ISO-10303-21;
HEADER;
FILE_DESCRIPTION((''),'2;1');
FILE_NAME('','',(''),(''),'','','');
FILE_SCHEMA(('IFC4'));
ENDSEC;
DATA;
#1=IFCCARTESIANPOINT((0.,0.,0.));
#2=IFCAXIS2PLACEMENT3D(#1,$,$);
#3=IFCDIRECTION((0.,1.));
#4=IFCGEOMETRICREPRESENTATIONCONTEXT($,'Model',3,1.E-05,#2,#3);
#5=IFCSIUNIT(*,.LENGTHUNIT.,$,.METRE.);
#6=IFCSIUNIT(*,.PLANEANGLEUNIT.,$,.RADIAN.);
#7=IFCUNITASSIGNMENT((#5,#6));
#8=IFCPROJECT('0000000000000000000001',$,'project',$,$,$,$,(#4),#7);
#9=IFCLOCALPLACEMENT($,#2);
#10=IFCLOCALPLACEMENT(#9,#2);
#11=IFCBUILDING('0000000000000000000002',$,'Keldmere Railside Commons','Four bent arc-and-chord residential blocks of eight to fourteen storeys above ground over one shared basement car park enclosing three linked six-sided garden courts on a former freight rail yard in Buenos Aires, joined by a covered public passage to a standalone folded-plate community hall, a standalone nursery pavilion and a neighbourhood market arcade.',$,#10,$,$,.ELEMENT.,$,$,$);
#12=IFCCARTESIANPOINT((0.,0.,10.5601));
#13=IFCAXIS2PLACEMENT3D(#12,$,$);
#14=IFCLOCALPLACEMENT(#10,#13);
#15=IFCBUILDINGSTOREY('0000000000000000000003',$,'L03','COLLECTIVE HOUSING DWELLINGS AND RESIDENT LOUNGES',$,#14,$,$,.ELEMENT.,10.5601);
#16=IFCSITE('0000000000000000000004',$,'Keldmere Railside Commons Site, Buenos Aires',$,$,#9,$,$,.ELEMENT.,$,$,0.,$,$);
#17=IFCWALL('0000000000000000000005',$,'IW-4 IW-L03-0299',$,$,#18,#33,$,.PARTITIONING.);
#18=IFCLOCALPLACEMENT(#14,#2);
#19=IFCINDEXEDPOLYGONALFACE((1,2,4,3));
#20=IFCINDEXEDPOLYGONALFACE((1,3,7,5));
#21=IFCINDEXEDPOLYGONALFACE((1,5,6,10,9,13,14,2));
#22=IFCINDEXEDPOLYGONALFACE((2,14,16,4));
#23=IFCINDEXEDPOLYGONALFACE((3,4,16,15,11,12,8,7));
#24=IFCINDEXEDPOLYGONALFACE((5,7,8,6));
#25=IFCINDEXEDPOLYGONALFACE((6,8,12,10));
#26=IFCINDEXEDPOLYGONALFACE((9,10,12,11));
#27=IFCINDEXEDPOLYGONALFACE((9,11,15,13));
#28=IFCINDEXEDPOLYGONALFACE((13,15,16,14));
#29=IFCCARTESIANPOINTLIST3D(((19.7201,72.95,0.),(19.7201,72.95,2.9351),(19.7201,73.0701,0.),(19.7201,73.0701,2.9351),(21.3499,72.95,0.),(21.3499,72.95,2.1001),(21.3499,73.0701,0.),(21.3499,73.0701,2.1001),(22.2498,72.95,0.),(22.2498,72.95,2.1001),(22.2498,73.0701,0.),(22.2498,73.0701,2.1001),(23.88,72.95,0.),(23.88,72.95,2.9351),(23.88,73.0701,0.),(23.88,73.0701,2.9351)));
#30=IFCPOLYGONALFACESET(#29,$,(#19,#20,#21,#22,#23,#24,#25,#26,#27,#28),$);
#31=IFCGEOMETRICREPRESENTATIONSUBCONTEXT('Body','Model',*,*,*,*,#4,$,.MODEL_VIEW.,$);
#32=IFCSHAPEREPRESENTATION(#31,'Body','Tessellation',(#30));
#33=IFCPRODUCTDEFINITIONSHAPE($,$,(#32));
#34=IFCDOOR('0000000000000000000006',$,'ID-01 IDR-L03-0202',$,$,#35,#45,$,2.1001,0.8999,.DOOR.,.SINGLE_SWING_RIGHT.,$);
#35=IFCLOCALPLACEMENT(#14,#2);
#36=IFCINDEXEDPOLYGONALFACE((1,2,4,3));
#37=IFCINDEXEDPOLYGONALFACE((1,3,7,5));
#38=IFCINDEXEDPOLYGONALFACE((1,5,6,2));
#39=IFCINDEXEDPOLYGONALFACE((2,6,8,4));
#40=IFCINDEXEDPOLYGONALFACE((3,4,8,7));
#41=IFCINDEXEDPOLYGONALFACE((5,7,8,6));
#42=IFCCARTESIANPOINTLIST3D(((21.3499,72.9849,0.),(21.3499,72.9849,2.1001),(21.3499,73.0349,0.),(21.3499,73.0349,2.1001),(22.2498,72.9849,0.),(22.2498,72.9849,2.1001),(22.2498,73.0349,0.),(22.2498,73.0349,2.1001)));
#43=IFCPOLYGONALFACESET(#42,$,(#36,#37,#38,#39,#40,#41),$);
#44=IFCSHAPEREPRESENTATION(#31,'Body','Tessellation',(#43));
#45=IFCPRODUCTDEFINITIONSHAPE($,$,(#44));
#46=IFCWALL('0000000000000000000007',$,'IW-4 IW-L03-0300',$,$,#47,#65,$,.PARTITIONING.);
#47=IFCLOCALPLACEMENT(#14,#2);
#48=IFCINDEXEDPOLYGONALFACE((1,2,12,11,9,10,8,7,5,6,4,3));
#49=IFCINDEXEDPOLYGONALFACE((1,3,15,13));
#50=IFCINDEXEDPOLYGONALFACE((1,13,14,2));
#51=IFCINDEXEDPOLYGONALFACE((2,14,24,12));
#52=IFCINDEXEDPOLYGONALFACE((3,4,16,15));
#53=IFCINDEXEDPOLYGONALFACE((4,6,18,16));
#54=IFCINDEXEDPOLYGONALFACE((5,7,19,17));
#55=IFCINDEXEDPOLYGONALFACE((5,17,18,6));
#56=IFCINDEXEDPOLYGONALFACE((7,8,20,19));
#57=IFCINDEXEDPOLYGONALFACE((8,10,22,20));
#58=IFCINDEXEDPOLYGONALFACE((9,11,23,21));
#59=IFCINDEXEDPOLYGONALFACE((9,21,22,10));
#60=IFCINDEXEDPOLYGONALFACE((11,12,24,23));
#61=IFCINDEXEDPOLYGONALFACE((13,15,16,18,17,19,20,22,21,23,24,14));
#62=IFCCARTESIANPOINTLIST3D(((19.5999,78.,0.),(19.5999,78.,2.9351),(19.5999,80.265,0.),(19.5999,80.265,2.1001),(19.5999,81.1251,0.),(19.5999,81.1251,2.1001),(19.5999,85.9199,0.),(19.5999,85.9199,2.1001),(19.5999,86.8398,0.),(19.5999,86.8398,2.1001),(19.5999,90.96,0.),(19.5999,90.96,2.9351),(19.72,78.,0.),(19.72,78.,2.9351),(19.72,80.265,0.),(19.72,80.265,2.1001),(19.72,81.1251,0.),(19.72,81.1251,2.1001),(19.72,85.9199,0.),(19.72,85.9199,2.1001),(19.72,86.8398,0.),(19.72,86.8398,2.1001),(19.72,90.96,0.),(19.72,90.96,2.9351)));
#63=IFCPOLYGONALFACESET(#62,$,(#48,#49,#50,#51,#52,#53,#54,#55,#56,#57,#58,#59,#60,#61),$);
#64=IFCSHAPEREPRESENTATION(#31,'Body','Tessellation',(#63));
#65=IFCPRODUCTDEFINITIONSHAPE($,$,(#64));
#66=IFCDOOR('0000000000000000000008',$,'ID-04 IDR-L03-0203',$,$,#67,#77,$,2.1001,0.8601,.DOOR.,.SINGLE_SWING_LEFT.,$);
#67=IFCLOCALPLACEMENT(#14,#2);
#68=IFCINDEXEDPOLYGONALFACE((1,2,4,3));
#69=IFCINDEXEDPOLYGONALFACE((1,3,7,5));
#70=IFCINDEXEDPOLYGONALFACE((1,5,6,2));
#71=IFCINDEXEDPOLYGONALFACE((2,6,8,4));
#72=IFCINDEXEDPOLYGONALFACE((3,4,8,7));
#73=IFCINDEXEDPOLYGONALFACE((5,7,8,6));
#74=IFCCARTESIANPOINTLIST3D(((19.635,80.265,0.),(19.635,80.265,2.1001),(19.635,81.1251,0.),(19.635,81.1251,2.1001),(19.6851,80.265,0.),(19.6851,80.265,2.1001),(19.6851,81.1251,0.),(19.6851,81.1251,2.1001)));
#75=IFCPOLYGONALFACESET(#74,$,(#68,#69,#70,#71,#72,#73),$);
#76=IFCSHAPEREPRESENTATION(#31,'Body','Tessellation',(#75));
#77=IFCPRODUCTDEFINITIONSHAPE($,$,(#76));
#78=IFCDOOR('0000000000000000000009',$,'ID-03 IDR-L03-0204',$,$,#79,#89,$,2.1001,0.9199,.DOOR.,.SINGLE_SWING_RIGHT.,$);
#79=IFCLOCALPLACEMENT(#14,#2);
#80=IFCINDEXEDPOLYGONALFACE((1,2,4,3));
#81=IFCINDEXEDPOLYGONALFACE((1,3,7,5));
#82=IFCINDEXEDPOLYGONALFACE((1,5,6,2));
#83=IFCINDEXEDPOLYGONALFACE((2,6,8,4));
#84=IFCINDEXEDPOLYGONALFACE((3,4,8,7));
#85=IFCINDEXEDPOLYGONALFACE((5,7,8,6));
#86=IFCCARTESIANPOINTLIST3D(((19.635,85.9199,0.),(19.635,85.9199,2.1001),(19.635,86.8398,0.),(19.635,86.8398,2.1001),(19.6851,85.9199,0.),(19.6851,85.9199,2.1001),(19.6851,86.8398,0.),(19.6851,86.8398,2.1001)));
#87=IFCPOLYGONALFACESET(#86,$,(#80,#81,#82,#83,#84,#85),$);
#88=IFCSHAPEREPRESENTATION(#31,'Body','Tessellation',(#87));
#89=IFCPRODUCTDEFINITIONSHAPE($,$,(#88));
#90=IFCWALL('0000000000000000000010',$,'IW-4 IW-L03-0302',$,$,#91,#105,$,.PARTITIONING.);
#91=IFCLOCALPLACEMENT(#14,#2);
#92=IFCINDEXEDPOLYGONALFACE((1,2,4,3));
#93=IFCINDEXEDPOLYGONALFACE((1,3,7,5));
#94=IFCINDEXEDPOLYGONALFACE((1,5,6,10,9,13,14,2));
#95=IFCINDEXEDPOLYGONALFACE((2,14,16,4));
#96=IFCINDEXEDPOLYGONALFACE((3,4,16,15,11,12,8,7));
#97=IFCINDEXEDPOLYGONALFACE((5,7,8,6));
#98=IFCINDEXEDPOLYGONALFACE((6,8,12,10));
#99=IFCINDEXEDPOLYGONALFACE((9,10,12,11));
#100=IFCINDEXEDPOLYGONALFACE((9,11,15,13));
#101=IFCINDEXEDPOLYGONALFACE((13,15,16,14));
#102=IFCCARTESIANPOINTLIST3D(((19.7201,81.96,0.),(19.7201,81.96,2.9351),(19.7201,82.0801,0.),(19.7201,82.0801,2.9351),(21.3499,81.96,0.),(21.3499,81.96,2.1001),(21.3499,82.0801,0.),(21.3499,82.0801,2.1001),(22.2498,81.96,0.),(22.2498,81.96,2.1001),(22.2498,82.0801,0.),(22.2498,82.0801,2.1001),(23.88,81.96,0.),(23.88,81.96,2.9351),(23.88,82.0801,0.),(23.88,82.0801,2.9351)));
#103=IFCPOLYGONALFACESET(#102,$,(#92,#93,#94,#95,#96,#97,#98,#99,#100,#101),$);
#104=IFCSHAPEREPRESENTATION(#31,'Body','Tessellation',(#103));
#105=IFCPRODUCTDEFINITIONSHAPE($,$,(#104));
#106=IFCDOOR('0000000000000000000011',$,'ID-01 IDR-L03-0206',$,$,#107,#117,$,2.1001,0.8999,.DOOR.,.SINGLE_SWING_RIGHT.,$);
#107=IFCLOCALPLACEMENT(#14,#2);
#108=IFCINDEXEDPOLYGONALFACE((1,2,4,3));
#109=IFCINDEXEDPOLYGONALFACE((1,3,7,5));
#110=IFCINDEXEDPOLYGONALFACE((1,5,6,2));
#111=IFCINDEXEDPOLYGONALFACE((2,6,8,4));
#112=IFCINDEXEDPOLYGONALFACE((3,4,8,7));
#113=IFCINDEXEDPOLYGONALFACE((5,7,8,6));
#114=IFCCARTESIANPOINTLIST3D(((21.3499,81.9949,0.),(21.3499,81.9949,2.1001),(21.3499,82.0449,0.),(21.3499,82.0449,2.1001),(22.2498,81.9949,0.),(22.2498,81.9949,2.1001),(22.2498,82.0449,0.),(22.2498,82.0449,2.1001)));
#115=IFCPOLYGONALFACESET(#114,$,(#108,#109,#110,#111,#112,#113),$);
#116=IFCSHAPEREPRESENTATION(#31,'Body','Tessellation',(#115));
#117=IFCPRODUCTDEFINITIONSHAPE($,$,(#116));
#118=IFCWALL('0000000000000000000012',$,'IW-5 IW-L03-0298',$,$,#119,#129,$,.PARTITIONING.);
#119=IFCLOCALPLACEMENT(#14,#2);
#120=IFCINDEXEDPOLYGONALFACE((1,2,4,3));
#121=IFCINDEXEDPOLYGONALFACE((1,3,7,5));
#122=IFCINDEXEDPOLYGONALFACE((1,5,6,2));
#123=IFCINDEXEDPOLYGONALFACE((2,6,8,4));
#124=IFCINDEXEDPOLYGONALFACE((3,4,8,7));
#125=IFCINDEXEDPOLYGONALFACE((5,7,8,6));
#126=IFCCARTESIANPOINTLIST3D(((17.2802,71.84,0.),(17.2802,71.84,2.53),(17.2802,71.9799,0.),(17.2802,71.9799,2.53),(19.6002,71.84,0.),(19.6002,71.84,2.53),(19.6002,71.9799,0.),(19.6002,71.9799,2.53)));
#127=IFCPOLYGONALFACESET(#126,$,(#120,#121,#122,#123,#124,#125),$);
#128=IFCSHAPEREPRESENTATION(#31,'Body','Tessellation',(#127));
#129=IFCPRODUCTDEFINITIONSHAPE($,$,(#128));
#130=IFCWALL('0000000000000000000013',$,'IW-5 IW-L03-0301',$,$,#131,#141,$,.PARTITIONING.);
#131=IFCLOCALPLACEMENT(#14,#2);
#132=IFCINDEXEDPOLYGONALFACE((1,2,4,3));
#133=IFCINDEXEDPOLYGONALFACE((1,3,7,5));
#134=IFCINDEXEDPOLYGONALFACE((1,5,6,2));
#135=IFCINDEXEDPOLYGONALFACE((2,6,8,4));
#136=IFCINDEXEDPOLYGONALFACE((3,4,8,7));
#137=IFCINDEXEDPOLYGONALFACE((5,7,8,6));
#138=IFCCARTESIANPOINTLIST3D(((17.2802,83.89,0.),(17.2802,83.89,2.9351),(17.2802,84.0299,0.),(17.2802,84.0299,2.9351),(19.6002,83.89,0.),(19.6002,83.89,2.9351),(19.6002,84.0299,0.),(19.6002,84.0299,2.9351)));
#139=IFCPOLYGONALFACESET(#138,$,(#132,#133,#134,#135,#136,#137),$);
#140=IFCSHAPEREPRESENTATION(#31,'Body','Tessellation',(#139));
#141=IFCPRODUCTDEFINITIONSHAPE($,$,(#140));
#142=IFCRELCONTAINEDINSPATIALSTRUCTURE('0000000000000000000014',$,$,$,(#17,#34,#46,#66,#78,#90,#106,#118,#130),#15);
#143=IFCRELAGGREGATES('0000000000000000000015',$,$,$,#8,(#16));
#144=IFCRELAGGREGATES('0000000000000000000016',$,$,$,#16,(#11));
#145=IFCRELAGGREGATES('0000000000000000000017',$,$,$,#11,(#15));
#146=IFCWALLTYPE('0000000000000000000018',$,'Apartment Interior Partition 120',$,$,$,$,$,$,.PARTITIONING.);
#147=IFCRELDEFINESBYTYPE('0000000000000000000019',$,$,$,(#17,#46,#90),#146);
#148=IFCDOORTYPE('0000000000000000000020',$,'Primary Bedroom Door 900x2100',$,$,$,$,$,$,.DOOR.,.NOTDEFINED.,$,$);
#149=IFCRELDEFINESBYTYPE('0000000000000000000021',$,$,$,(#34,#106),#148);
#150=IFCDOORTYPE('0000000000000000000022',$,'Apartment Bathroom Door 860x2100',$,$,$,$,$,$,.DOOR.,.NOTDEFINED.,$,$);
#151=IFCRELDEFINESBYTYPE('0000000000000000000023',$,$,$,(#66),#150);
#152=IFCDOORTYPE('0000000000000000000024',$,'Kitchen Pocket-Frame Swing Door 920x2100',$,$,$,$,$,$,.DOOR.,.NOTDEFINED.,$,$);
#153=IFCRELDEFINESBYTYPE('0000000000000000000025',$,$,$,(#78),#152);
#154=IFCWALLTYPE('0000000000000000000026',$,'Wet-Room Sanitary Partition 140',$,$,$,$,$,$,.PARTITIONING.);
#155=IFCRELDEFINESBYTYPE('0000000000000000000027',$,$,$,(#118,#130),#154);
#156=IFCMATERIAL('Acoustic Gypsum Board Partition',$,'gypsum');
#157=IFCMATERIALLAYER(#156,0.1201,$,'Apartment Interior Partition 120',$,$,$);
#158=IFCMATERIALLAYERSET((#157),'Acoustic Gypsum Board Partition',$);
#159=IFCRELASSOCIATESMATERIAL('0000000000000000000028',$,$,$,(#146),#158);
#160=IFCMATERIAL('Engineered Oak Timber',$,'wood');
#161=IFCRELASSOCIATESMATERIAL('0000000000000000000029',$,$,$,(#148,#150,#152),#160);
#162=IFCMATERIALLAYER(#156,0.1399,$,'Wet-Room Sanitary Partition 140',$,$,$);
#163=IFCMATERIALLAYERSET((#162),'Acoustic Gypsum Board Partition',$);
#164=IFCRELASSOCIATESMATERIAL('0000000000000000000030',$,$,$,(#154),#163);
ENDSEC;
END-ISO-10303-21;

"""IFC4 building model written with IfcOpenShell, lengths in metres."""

from ifc_helpers import new_model, si_unit, direction, frame, frame_2d, origin, place, context, subcontext, project, spatial, rectangle, extrude, material, layer, layer_set, type_object, element, fill, save


model = new_model("IFC4")

# Units and contexts
model_context = context("Model", 3, precision=1e-05, world=origin(), true_north=direction((0.0, 1.0)))
body_context = subcontext(model_context, "Body", "Model", "MODEL_VIEW")
ifc_project = project(units=[si_unit("LENGTHUNIT", "METRE"), si_unit("PLANEANGLEUNIT", "RADIAN")], contexts=[model_context])

# Site, building, storey
site_placement = place(None, origin())
site = spatial("IfcSite", under=ifc_project, at=site_placement, Name="Keldmere Railside Commons Site, Buenos Aires", CompositionType="ELEMENT", RefElevation=0.0)
building_placement = place(site_placement, origin())
building = spatial("IfcBuilding", under=site, at=building_placement, Name="Keldmere Railside Commons", Description="Four bent arc-and-chord residential blocks of eight to fourteen storeys above ground over one shared basement car park enclosing three linked six-sided garden courts on a former freight rail yard in Buenos Aires, joined by a covered public passage to a standalone folded-plate community hall, a standalone nursery pavilion and a neighbourhood market arcade.", CompositionType="ELEMENT")
storey_placement = place(building_placement, frame((0.0, 0.0, 10.5601)))
storey = spatial("IfcBuildingStorey", under=building, at=storey_placement, Name="L03", Description="COLLECTIVE HOUSING DWELLINGS AND RESIDENT LOUNGES", CompositionType="ELEMENT", Elevation=10.5601)

# Shared definitions
ifc_material_1 = material(Name="Acoustic Gypsum Board Partition", Category="gypsum")

# Wall, opening, door
ifc_layer_1 = layer(ifc_material_1, 0.1201, Name="Apartment Interior Partition 120")
ifc_layer_set_1 = layer_set([ifc_layer_1], Name="Acoustic Gypsum Board Partition")
wall_type_1 = type_object("IfcWallType", Name="Apartment Interior Partition 120", PredefinedType="PARTITIONING", material=ifc_layer_set_1)
wall_1_placement = place(storey_placement, frame((19.72, 73.01, 0.0), z_axis=(0.0, 0.0, 1.0), x_axis=(1.0, 0.0, 0.0)))
wall_1 = element("IfcWall", 1, at=wall_1_placement, inside=storey, type_object=wall_type_1, Name="IW-4 IW-L03-0299", PredefinedType="PARTITIONING", context=body_context, shape_type="SweptSolid", body=[
    extrude(rectangle(XDim=4.1599, YDim=0.1201, at=frame_2d((2.0801, 0.0))), origin(), (0.0, 0.0, 1.0), 2.9351),
])
opening_1_placement = place(wall_1_placement, frame((1.6299, 0.0, 0.0)))
opening_1 = element("IfcOpeningElement", 2, at=opening_1_placement, cuts=wall_1, PredefinedType="OPENING", context=body_context, shape_type="SweptSolid", body=[
    extrude(rectangle(XDim=0.8999, YDim=2.1001, at=frame_2d((0.45, 1.05))), frame((0.0, 0.0701, 0.0), z_axis=(0.0, -1.0, 0.0), x_axis=(1.0, 0.0, 0.0)), (0.0, 0.0, 1.0), 0.1401),
])
ifc_material_2 = material(Name="Engineered Oak Timber", Category="wood")
door_type_1 = type_object("IfcDoorType", Name="Primary Bedroom Door 900x2100", OperationType="NOTDEFINED", PredefinedType="DOOR", material=ifc_material_2)
door_1_placement = place(opening_1_placement, origin())
door_1 = element("IfcDoor", 3, at=door_1_placement, inside=storey, type_object=door_type_1, Name="ID-01 IDR-L03-0202", OperationType="SINGLE_SWING_RIGHT", OverallHeight=2.1001, OverallWidth=0.8999, PredefinedType="DOOR", context=body_context, shape_type="SweptSolid", body=[
    extrude(rectangle(XDim=0.8999, YDim=2.1001, at=frame_2d((0.45, 1.05))), frame((0.0, 0.0249, 0.0), z_axis=(0.0, -1.0, 0.0), x_axis=(1.0, 0.0, 0.0)), (0.0, 0.0, 1.0), 0.05),
])
fill(opening_1, door_1)

# Wall, openings, doors
wall_2_placement = place(storey_placement, frame((19.6599, 78.0, 0.0), z_axis=(0.0, 0.0, 1.0), x_axis=(0.0, 1.0, 0.0)))
wall_2 = element("IfcWall", 4, at=wall_2_placement, inside=storey, type_object=wall_type_1, Name="IW-4 IW-L03-0300", PredefinedType="PARTITIONING", context=body_context, shape_type="SweptSolid", body=[
    extrude(rectangle(XDim=12.96, YDim=0.1201, at=frame_2d((6.48, 0.0))), origin(), (0.0, 0.0, 1.0), 2.9351),
])
opening_2_placement = place(wall_2_placement, frame((2.2649, 0.0, 0.0)))
opening_2 = element("IfcOpeningElement", 5, at=opening_2_placement, cuts=wall_2, PredefinedType="OPENING", context=body_context, shape_type="SweptSolid", body=[
    extrude(rectangle(XDim=0.8601, YDim=2.1001, at=frame_2d((0.4302, 1.05))), frame((0.0, 0.0701, 0.0), z_axis=(0.0, -1.0, 0.0), x_axis=(1.0, 0.0, 0.0)), (0.0, 0.0, 1.0), 0.1401),
])
opening_3_placement = place(wall_2_placement, frame((7.9199, 0.0, 0.0)))
opening_3 = element("IfcOpeningElement", 6, at=opening_3_placement, cuts=wall_2, PredefinedType="OPENING", context=body_context, shape_type="SweptSolid", body=[
    extrude(rectangle(XDim=0.9199, YDim=2.1001, at=frame_2d((0.46, 1.05))), frame((0.0, 0.0701, 0.0), z_axis=(0.0, -1.0, 0.0), x_axis=(1.0, 0.0, 0.0)), (0.0, 0.0, 1.0), 0.1401),
])
door_type_2 = type_object("IfcDoorType", Name="Apartment Bathroom Door 860x2100", OperationType="NOTDEFINED", PredefinedType="DOOR", material=ifc_material_2)
door_2_placement = place(opening_2_placement, origin())
door_2 = element("IfcDoor", 7, at=door_2_placement, inside=storey, type_object=door_type_2, Name="ID-04 IDR-L03-0203", OperationType="SINGLE_SWING_LEFT", OverallHeight=2.1001, OverallWidth=0.8601, PredefinedType="DOOR", context=body_context, shape_type="SweptSolid", body=[
    extrude(rectangle(XDim=0.8601, YDim=2.1001, at=frame_2d((0.4302, 1.05))), frame((0.0, 0.0249, 0.0), z_axis=(0.0, -1.0, 0.0), x_axis=(1.0, 0.0, 0.0)), (0.0, 0.0, 1.0), 0.05),
])
fill(opening_2, door_2)
door_type_3 = type_object("IfcDoorType", Name="Kitchen Pocket-Frame Swing Door 920x2100", OperationType="NOTDEFINED", PredefinedType="DOOR", material=ifc_material_2)
door_3_placement = place(opening_3_placement, origin())
door_3 = element("IfcDoor", 8, at=door_3_placement, inside=storey, type_object=door_type_3, Name="ID-03 IDR-L03-0204", OperationType="SINGLE_SWING_RIGHT", OverallHeight=2.1001, OverallWidth=0.9199, PredefinedType="DOOR", context=body_context, shape_type="SweptSolid", body=[
    extrude(rectangle(XDim=0.9199, YDim=2.1001, at=frame_2d((0.46, 1.05))), frame((0.0, 0.0249, 0.0), z_axis=(0.0, -1.0, 0.0), x_axis=(1.0, 0.0, 0.0)), (0.0, 0.0, 1.0), 0.05),
])
fill(opening_3, door_3)

# Wall, opening, door
wall_3_placement = place(storey_placement, frame((19.72, 82.02, 0.0), z_axis=(0.0, 0.0, 1.0), x_axis=(1.0, 0.0, 0.0)))
wall_3 = element("IfcWall", 9, at=wall_3_placement, inside=storey, type_object=wall_type_1, Name="IW-4 IW-L03-0302", PredefinedType="PARTITIONING", context=body_context, shape_type="SweptSolid", body=[
    extrude(rectangle(XDim=4.1599, YDim=0.1201, at=frame_2d((2.0801, 0.0))), origin(), (0.0, 0.0, 1.0), 2.9351),
])
opening_4_placement = place(wall_3_placement, frame((1.6299, 0.0, 0.0)))
opening_4 = element("IfcOpeningElement", 10, at=opening_4_placement, cuts=wall_3, PredefinedType="OPENING", context=body_context, shape_type="SweptSolid", body=[
    extrude(rectangle(XDim=0.8999, YDim=2.1001, at=frame_2d((0.45, 1.05))), frame((0.0, 0.0701, 0.0), z_axis=(0.0, -1.0, 0.0), x_axis=(1.0, 0.0, 0.0)), (0.0, 0.0, 1.0), 0.1401),
])
door_4_placement = place(opening_4_placement, origin())
door_4 = element("IfcDoor", 11, at=door_4_placement, inside=storey, type_object=door_type_1, Name="ID-01 IDR-L03-0206", OperationType="SINGLE_SWING_RIGHT", OverallHeight=2.1001, OverallWidth=0.8999, PredefinedType="DOOR", context=body_context, shape_type="SweptSolid", body=[
    extrude(rectangle(XDim=0.8999, YDim=2.1001, at=frame_2d((0.45, 1.05))), frame((0.0, 0.0249, 0.0), z_axis=(0.0, -1.0, 0.0), x_axis=(1.0, 0.0, 0.0)), (0.0, 0.0, 1.0), 0.05),
])
fill(opening_4, door_4)

# Walls
ifc_layer_2 = layer(ifc_material_1, 0.1399, Name="Wet-Room Sanitary Partition 140")
ifc_layer_set_2 = layer_set([ifc_layer_2], Name="Acoustic Gypsum Board Partition")
wall_type_2 = type_object("IfcWallType", Name="Wet-Room Sanitary Partition 140", PredefinedType="PARTITIONING", material=ifc_layer_set_2)
wall_4_placement = place(storey_placement, frame((17.28, 71.9099, 0.0), z_axis=(0.0, 0.0, 1.0), x_axis=(1.0, 0.0, 0.0)))
element("IfcWall", 12, at=wall_4_placement, inside=storey, type_object=wall_type_2, Name="IW-5 IW-L03-0298", PredefinedType="PARTITIONING", context=body_context, shape_type="SweptSolid", body=[
    extrude(rectangle(XDim=2.3201, YDim=0.1399, at=frame_2d((1.1602, 0.0))), origin(), (0.0, 0.0, 1.0), 2.53),
])
wall_5_placement = place(storey_placement, frame((17.28, 83.96, 0.0), z_axis=(0.0, 0.0, 1.0), x_axis=(1.0, 0.0, 0.0)))
element("IfcWall", 13, at=wall_5_placement, inside=storey, type_object=wall_type_2, Name="IW-5 IW-L03-0301", PredefinedType="PARTITIONING", context=body_context, shape_type="SweptSolid", body=[
    extrude(rectangle(XDim=2.3201, YDim=0.1399, at=frame_2d((1.1602, 0.0))), origin(), (0.0, 0.0, 1.0), 2.9351),
])

save(model, "model.ifc")
